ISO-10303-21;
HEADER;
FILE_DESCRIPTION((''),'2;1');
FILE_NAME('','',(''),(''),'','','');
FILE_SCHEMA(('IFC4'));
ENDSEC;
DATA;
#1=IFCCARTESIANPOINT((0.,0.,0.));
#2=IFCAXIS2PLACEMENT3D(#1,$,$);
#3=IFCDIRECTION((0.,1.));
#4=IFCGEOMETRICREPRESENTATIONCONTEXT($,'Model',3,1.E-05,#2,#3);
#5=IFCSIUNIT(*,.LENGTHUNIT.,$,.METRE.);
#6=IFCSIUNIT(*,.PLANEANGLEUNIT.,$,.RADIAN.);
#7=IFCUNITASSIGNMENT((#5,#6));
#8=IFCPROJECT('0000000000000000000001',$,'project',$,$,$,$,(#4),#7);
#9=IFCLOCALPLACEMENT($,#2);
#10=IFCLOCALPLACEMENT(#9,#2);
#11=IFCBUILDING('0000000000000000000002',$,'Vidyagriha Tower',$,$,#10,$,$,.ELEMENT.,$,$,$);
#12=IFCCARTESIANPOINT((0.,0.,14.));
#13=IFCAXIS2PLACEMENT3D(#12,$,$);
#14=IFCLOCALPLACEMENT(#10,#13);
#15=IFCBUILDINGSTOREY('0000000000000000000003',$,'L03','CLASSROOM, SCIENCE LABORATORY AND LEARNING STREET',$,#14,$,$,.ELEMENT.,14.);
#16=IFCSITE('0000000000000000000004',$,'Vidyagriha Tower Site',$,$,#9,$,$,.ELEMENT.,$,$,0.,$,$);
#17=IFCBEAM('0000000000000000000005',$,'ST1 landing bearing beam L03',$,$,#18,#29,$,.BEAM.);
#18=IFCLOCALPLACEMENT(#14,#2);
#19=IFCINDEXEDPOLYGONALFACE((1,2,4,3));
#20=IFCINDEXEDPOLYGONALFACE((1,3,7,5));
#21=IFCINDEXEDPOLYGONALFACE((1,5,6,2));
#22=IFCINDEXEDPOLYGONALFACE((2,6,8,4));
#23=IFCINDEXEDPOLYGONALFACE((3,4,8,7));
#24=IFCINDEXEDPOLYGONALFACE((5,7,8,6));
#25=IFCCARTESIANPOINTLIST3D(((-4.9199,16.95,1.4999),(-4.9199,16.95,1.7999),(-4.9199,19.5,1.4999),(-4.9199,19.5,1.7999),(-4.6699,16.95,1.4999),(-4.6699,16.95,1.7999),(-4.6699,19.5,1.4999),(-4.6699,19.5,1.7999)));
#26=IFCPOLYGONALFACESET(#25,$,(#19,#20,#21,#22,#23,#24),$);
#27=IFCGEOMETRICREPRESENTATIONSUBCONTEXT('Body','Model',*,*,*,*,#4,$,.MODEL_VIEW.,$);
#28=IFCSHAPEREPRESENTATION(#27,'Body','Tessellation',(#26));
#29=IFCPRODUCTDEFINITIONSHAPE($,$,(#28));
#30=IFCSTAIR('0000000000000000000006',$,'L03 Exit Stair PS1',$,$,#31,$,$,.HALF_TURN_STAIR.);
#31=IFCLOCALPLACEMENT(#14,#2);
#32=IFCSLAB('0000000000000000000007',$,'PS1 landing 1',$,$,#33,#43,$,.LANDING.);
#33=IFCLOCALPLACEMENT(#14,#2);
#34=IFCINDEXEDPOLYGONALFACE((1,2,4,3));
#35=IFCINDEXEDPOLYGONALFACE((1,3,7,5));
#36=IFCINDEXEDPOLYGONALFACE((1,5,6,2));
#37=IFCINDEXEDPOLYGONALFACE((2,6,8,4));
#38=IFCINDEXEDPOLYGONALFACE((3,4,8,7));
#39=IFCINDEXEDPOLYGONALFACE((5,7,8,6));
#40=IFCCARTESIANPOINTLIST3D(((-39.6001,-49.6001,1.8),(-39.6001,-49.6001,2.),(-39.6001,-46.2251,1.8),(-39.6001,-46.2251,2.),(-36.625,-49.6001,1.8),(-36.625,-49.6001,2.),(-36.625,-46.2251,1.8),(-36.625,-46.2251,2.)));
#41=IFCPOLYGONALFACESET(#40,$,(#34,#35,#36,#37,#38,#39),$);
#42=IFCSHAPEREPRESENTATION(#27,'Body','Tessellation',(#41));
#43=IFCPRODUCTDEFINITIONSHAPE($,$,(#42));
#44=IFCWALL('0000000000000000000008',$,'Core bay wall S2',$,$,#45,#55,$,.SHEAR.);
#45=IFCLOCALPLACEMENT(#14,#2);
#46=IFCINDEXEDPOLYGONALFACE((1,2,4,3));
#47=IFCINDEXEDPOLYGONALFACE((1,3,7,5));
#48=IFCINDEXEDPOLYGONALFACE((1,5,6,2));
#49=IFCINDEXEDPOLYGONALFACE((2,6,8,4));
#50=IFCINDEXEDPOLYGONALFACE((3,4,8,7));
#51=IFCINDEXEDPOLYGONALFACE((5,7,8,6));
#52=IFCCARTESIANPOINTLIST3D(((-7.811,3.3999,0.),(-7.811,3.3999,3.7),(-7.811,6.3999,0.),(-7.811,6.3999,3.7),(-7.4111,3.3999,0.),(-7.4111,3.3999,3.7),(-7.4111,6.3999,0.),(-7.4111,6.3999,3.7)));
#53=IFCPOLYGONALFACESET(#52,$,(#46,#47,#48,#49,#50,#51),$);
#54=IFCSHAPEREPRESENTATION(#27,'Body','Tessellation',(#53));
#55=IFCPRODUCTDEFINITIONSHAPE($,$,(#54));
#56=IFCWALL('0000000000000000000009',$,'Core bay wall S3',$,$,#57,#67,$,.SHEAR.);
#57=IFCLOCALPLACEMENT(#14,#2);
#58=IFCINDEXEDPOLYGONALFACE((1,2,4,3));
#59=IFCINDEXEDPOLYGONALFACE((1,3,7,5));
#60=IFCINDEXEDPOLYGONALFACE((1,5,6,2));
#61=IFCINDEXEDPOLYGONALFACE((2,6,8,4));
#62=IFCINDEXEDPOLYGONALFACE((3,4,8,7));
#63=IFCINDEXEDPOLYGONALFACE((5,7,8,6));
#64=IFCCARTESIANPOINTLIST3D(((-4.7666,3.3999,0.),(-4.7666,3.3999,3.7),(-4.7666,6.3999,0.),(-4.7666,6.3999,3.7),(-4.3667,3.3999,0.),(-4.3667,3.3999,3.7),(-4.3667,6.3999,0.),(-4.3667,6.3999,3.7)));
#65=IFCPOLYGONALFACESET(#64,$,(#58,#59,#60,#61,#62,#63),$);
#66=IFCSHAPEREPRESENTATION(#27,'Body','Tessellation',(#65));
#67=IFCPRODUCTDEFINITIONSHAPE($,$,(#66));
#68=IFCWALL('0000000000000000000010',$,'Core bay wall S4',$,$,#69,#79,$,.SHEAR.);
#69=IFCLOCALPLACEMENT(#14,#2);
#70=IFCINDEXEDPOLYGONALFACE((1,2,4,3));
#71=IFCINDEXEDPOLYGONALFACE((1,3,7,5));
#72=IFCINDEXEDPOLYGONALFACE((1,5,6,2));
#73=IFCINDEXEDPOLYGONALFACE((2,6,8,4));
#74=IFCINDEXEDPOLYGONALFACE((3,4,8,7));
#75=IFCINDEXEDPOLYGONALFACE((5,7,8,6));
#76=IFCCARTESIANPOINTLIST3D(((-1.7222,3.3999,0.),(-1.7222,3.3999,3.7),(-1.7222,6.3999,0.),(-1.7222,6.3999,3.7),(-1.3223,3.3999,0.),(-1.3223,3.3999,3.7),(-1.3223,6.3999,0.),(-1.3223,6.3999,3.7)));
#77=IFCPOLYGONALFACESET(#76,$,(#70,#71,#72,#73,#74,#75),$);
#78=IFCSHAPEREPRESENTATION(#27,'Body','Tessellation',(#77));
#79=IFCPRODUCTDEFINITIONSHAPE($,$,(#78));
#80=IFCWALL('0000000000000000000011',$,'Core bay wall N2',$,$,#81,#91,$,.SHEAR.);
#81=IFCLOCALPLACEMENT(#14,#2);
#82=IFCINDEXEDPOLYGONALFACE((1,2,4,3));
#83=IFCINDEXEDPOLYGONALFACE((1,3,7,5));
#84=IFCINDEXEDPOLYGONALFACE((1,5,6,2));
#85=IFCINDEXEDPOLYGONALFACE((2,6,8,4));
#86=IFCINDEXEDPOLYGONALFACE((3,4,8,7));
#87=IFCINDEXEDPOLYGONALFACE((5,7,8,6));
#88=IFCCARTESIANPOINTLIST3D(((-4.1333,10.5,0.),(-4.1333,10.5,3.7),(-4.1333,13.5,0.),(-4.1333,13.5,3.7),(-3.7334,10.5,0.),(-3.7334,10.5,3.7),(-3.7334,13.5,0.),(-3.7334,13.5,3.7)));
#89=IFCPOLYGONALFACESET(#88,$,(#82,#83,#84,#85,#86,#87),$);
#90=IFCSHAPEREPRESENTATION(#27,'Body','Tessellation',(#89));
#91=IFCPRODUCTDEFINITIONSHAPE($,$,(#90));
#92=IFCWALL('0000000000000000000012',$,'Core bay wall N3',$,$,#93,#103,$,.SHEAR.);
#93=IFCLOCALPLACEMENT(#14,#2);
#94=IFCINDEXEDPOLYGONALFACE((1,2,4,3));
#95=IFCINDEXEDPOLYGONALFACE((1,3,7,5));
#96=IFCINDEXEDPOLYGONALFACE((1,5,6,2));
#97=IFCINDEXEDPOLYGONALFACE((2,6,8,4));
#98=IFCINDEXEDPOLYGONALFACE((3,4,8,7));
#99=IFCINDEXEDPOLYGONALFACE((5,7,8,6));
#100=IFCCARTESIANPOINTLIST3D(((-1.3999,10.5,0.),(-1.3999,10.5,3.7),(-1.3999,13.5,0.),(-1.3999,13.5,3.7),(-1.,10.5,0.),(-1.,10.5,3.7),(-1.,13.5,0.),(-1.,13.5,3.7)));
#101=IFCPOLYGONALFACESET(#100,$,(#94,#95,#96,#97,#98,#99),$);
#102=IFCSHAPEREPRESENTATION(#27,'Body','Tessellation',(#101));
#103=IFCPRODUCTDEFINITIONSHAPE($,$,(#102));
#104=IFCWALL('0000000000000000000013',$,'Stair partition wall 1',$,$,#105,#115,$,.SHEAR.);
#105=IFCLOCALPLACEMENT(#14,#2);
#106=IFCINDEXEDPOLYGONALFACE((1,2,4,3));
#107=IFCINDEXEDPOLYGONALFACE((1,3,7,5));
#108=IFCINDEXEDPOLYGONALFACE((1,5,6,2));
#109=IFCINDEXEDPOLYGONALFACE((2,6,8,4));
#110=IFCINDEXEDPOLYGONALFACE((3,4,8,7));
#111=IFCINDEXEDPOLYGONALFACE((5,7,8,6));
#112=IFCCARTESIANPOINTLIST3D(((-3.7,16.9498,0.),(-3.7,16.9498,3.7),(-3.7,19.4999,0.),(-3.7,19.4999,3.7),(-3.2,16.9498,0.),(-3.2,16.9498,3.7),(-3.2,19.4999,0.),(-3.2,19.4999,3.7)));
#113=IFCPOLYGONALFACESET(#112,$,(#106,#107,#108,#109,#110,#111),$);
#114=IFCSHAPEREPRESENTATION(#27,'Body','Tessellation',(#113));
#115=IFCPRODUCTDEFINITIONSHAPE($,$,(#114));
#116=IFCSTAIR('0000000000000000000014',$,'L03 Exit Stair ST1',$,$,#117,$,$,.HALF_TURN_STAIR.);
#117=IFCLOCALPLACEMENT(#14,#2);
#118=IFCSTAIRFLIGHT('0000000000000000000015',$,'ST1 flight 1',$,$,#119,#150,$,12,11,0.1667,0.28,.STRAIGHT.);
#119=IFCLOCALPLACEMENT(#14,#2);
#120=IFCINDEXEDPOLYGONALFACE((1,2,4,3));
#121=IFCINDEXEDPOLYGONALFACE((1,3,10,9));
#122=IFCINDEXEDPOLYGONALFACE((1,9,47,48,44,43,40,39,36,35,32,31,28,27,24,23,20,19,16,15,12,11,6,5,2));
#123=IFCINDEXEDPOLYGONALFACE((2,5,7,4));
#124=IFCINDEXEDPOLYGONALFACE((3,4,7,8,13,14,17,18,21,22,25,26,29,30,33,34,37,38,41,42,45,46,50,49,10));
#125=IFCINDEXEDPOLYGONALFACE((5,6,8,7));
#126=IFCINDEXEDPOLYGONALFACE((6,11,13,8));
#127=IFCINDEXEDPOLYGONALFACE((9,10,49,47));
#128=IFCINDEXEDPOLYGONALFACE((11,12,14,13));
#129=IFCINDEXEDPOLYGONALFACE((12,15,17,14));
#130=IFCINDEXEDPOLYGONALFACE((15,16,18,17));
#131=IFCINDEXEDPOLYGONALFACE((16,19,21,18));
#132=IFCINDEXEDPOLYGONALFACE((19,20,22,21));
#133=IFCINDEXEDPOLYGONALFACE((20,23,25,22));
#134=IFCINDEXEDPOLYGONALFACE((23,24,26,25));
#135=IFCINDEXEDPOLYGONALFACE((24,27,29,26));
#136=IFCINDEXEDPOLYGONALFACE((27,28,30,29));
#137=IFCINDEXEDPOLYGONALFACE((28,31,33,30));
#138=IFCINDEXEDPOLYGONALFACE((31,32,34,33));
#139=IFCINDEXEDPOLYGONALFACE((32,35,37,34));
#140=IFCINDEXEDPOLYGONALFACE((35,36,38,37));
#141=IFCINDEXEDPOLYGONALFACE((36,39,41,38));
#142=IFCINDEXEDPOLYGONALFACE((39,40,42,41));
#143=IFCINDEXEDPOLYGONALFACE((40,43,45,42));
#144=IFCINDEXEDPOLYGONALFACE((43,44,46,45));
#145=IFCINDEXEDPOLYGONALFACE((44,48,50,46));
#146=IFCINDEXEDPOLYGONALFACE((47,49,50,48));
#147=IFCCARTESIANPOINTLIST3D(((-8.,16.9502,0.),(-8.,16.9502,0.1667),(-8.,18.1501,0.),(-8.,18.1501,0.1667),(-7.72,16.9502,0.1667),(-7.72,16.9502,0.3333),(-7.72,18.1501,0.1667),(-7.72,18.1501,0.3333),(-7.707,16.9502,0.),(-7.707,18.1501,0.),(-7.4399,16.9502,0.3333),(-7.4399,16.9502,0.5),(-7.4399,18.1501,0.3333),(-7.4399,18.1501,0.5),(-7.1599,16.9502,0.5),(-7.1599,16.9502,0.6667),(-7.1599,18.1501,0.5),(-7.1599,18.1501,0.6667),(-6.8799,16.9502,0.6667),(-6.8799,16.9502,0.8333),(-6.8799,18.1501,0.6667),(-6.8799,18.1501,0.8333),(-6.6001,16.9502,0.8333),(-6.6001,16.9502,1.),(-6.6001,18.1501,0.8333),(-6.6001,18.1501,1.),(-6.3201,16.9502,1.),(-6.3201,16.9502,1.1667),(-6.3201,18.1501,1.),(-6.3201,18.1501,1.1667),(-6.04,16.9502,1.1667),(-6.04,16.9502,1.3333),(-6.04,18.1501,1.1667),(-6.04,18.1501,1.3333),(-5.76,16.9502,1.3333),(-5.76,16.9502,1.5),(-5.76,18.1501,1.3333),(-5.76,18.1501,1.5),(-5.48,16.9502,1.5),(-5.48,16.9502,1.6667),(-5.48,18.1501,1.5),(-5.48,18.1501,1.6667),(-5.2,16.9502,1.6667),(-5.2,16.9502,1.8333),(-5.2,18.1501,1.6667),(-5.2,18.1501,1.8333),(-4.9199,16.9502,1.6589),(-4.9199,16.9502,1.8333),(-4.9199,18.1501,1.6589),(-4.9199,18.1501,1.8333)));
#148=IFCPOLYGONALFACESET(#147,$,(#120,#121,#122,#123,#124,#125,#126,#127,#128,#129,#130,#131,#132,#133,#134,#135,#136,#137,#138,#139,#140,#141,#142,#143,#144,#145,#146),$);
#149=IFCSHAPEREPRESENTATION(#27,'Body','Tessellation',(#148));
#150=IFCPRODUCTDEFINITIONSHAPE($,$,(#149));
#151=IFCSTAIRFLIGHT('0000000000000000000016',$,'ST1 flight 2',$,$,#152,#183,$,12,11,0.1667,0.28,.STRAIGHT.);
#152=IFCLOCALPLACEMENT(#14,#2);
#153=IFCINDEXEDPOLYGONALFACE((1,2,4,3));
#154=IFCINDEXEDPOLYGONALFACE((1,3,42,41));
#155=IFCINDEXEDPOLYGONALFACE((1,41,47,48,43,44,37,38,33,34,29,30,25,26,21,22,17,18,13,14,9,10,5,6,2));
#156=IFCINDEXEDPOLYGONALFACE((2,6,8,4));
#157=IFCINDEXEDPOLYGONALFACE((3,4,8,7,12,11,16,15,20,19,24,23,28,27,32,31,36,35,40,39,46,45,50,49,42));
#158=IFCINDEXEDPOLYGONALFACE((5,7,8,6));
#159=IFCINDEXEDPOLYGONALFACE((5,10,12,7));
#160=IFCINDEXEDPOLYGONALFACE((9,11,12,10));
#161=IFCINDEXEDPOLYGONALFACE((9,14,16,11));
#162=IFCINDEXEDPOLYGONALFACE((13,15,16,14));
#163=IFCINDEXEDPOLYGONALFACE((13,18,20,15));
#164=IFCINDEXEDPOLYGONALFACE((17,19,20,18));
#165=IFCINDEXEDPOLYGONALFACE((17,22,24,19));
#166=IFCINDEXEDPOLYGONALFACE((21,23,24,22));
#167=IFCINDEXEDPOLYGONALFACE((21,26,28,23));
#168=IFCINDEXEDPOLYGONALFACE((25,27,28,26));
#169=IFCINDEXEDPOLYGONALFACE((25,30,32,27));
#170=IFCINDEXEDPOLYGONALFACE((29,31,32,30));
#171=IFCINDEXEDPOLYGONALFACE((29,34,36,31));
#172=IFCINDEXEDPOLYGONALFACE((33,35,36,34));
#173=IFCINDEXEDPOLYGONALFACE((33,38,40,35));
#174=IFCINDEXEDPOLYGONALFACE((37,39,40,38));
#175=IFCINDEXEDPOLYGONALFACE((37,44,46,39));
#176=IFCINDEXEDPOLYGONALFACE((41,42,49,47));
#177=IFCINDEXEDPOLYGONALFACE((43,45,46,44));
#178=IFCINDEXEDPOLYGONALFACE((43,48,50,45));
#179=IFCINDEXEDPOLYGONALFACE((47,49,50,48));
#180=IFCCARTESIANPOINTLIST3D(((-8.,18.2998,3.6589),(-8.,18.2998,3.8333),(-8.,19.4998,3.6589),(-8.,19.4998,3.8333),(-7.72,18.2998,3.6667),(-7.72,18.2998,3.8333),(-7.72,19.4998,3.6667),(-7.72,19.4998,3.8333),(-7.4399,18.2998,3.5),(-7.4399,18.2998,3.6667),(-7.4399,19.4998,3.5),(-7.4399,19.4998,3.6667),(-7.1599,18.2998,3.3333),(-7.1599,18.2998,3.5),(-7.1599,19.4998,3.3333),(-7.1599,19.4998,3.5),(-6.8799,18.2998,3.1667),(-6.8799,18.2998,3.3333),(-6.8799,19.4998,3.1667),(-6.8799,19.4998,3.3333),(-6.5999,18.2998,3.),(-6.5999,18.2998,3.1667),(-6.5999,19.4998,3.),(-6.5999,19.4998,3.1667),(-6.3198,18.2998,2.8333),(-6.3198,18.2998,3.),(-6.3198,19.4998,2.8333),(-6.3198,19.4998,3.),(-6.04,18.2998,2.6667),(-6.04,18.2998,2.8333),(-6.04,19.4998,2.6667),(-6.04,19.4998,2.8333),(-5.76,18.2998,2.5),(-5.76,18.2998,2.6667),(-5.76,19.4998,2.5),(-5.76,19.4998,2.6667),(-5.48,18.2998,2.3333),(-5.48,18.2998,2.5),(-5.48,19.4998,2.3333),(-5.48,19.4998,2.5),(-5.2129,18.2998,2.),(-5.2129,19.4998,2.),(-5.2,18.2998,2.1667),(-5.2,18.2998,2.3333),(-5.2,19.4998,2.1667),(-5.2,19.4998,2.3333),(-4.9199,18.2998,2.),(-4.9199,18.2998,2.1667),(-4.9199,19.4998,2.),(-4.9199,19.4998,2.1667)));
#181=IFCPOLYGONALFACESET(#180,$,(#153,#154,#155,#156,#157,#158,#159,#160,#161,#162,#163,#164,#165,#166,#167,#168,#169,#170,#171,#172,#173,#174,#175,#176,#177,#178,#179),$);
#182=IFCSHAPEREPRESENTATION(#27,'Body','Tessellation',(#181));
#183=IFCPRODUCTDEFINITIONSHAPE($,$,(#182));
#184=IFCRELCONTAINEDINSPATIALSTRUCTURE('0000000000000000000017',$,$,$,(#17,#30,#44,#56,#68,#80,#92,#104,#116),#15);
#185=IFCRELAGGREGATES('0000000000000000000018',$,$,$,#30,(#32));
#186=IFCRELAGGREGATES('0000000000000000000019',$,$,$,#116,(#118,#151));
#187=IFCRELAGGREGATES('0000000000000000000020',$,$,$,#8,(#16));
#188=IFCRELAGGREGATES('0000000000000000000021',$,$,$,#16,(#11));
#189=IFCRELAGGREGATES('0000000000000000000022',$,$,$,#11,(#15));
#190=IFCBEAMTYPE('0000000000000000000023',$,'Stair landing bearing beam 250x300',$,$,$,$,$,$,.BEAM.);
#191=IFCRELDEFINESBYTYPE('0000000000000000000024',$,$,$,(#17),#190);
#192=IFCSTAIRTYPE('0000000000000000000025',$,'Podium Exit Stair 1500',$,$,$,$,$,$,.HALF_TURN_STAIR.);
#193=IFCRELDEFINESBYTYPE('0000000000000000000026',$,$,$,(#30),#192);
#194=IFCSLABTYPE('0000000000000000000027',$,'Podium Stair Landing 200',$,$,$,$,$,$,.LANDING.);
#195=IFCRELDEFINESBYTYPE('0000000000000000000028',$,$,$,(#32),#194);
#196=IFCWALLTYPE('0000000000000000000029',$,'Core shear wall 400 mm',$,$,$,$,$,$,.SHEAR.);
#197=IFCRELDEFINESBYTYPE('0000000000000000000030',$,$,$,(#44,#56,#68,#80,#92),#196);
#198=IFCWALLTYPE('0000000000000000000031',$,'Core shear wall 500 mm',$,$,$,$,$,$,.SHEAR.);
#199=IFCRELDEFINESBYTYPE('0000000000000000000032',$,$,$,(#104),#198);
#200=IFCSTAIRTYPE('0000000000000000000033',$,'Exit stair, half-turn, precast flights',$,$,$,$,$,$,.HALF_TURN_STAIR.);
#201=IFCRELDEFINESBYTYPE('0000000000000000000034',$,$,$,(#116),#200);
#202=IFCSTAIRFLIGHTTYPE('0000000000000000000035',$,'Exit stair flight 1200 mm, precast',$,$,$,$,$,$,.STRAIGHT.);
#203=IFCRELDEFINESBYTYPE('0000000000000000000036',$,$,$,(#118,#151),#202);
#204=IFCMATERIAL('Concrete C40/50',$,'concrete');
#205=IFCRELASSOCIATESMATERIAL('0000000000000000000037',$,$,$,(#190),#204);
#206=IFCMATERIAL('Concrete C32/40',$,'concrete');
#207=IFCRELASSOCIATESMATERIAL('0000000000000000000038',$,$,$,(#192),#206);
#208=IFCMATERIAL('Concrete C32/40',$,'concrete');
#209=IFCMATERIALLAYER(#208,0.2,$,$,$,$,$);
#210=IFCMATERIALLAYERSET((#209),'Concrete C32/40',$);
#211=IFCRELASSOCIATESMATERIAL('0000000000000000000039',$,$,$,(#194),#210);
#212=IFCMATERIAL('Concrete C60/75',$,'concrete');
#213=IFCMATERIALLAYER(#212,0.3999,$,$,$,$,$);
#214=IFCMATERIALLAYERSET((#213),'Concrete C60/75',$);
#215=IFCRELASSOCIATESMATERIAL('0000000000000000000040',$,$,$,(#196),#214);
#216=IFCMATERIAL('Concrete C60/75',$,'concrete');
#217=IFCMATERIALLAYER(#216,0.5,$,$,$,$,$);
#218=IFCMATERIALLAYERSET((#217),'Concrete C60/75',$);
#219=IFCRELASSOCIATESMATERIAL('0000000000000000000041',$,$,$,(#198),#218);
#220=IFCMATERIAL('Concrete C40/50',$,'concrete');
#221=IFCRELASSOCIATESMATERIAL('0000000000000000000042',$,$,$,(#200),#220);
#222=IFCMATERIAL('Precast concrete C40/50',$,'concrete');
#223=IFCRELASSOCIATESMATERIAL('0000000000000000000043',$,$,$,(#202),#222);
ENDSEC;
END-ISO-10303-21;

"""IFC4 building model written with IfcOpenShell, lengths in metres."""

from ifc_helpers import new_model, si_unit, direction, frame, frame_2d, origin, origin_2d, place, context, subcontext, project, spatial, polyline, rectangle, outline, extrude, material, layer, layer_set, material_profile, profile_set, type_object, element, aggregate, save


model = new_model("IFC4")

# Units and contexts
model_context = context("Model", 3, precision=1e-05, world=origin(), true_north=direction((0.0, 1.0)))
body_context = subcontext(model_context, "Body", "Model", "MODEL_VIEW")
ifc_project = project(units=[si_unit("LENGTHUNIT", "METRE"), si_unit("PLANEANGLEUNIT", "RADIAN")], contexts=[model_context])

# Site, building, storey
site_placement = place(None, origin())
site = spatial("IfcSite", under=ifc_project, at=site_placement, Name="Vidyagriha Tower Site", CompositionType="ELEMENT", RefElevation=0.0)
building_placement = place(site_placement, origin())
building = spatial("IfcBuilding", under=site, at=building_placement, Name="Vidyagriha Tower", CompositionType="ELEMENT")
storey_placement = place(building_placement, frame((0.0, 0.0, 14.0)))
storey = spatial("IfcBuildingStorey", under=building, at=storey_placement, Name="L03", Description="CLASSROOM, SCIENCE LABORATORY AND LEARNING STREET", CompositionType="ELEMENT", Elevation=14.0)

# Beam
ifc_material_1 = material(Name="Concrete C40/50", Category="concrete")
ifc_material_profile = material_profile(ifc_material_1, rectangle(XDim=0.25, YDim=0.3, at=origin_2d()), Name="Stair landing bearing beam 250x300")
ifc_profile_set = profile_set([ifc_material_profile], Name="Concrete C40/50")
beam_type = type_object("IfcBeamType", Name="Stair landing bearing beam 250x300", PredefinedType="BEAM", material=ifc_profile_set)
beam_placement = place(storey_placement, frame((-4.7949, 16.95, 1.6499), z_axis=(0.0, 1.0, 0.0), x_axis=(-1.0, 0.0, 0.0)))
element("IfcBeam", 1, at=beam_placement, inside=storey, type_object=beam_type, Name="ST1 landing bearing beam L03", PredefinedType="BEAM", context=body_context, shape_type="SweptSolid", body=[
    extrude(rectangle(XDim=0.25, YDim=0.3, at=origin_2d()), origin(), (0.0, 0.0, 1.0), 2.55),
])

# Stair, slab
ifc_material_2 = material(Name="Concrete C32/40", Category="concrete")
stair_type_1 = type_object("IfcStairType", Name="Podium Exit Stair 1500", PredefinedType="HALF_TURN_STAIR", material=ifc_material_2)
stair_1_placement = place(storey_placement, origin())
stair_1 = element("IfcStair", 2, at=stair_1_placement, inside=storey, type_object=stair_type_1, Name="L03 Exit Stair PS1", PredefinedType="HALF_TURN_STAIR")
ifc_material_3 = material(Name="Concrete C32/40", Category="concrete")
ifc_layer_1 = layer(ifc_material_3, 0.2)
ifc_layer_set_1 = layer_set([ifc_layer_1], Name="Concrete C32/40")
slab_type = type_object("IfcSlabType", Name="Podium Stair Landing 200", PredefinedType="LANDING", material=ifc_layer_set_1)
slab_placement = place(storey_placement, frame((0.0, 0.0, 1.8)))
slab = element("IfcSlab", 3, at=slab_placement, type_object=slab_type, Name="PS1 landing 1", PredefinedType="LANDING", context=body_context, shape_type="SweptSolid", body=[
    extrude(outline(polyline([(-36.625, -46.2251), (-39.6001, -46.2251), (-39.6001, -49.6001), (-36.625, -49.6001), (-36.625, -46.2251)])), origin(), (0.0, 0.0, 1.0), 0.2),
])
aggregate(stair_1, [slab])

# Walls
ifc_material_4 = material(Name="Concrete C60/75", Category="concrete")
ifc_layer_2 = layer(ifc_material_4, 0.3999)
ifc_layer_set_2 = layer_set([ifc_layer_2], Name="Concrete C60/75")
wall_type_1 = type_object("IfcWallType", Name="Core shear wall 400 mm", PredefinedType="SHEAR", material=ifc_layer_set_2)
for number, where, z_axis, x_axis, name in (
    (4, (-7.6111, 3.3999, 0.0), (0.0, 0.0, 1.0), (0.0, 1.0, 0.0), "Core bay wall S2"),
    (5, (-4.5667, 3.3999, 0.0), (0.0, 0.0, 1.0), (0.0, 1.0, 0.0), "Core bay wall S3"),
    (6, (-1.5222, 3.3999, 0.0), (0.0, 0.0, 1.0), (0.0, 1.0, 0.0), "Core bay wall S4"),
    (7, (-3.9333, 10.5, 0.0), (0.0, 0.0, 1.0), (0.0, 1.0, 0.0), "Core bay wall N2"),
    (8, (-1.2, 10.5, 0.0), (0.0, 0.0, 1.0), (0.0, 1.0, 0.0), "Core bay wall N3"),
):
    element("IfcWall", number, at=place(storey_placement, frame(where, z_axis=z_axis, x_axis=x_axis)), inside=storey, type_object=wall_type_1, Name=name, PredefinedType="SHEAR", context=body_context, shape_type="SweptSolid", body=[
        extrude(rectangle(XDim=3.0, YDim=0.3999, at=frame_2d((1.5, 0.0))), origin(), (0.0, 0.0, 1.0), 3.7),
    ])
ifc_material_5 = material(Name="Concrete C60/75", Category="concrete")
ifc_layer_3 = layer(ifc_material_5, 0.5)
ifc_layer_set_3 = layer_set([ifc_layer_3], Name="Concrete C60/75")
wall_type_2 = type_object("IfcWallType", Name="Core shear wall 500 mm", PredefinedType="SHEAR", material=ifc_layer_set_3)
wall_placement = place(storey_placement, frame((-3.45, 16.95, 0.0), z_axis=(0.0, 0.0, 1.0), x_axis=(0.0, 1.0, 0.0)))
element("IfcWall", 9, at=wall_placement, inside=storey, type_object=wall_type_2, Name="Stair partition wall 1", PredefinedType="SHEAR", context=body_context, shape_type="SweptSolid", body=[
    extrude(rectangle(XDim=2.55, YDim=0.5, at=frame_2d((1.2749, 0.0))), origin(), (0.0, 0.0, 1.0), 3.7),
])

# Stair, stair flights
ifc_material_6 = material(Name="Concrete C40/50", Category="concrete")
stair_type_2 = type_object("IfcStairType", Name="Exit stair, half-turn, precast flights", PredefinedType="HALF_TURN_STAIR", material=ifc_material_6)
stair_2_placement = place(storey_placement, origin())
stair_2 = element("IfcStair", 10, at=stair_2_placement, inside=storey, type_object=stair_type_2, Name="L03 Exit Stair ST1", PredefinedType="HALF_TURN_STAIR")
ifc_material_7 = material(Name="Precast concrete C40/50", Category="concrete")
stair_flight_type = type_object("IfcStairFlightType", Name="Exit stair flight 1200 mm, precast", PredefinedType="STRAIGHT", material=ifc_material_7)
stair_flight_1_placement = place(storey_placement, frame((-8.0, 17.55, 0.0)))
stair_flight_1 = element("IfcStairFlight", 11, at=stair_flight_1_placement, type_object=stair_flight_type, Name="ST1 flight 1", NumberOfRisers=12, NumberOfTreads=11, PredefinedType="STRAIGHT", RiserHeight=0.1667, TreadLength=0.28, context=body_context, shape_type="SweptSolid", body=[
    extrude(outline(polyline([(0.0, 0.0), (0.0, 0.1667), (0.28, 0.1667), (0.28, 0.3333), (0.5601, 0.3333), (0.5601, 0.5), (0.8401, 0.5), (0.8401, 0.6667), (1.1201, 0.6667), (1.1201, 0.8333), (1.3999, 0.8333), (1.3999, 1.0), (1.6799, 1.0), (1.6799, 1.1667), (1.96, 1.1667), (1.96, 1.3333), (2.24, 1.3333), (2.24, 1.5), (2.52, 1.5), (2.52, 1.6667), (2.8, 1.6667), (2.8, 1.8333), (3.0801, 1.8333), (3.0801, 2.0), (3.0801, 1.6589), (0.293, 0.0), (0.0, 0.0)])), frame((0.0, 0.6001, 0.0), z_axis=(0.0, -1.0, 0.0), x_axis=(1.0, 0.0, 0.0)), (0.0, 0.0, 1.0), 1.2),
])
stair_flight_2_placement = place(storey_placement, frame((-4.9199, 18.8999, 2.0), z_axis=(0.0, 0.0, 1.0), x_axis=(-1.0, 0.0, 0.0)))
stair_flight_2 = element("IfcStairFlight", 12, at=stair_flight_2_placement, type_object=stair_flight_type, Name="ST1 flight 2", NumberOfRisers=12, NumberOfTreads=11, PredefinedType="STRAIGHT", RiserHeight=0.1667, TreadLength=0.28, context=body_context, shape_type="SweptSolid", body=[
    extrude(outline(polyline([(0.0, 0.0), (0.0, 0.1667), (0.28, 0.1667), (0.28, 0.3333), (0.5601, 0.3333), (0.5601, 0.5), (0.8401, 0.5), (0.8401, 0.6667), (1.1201, 0.6667), (1.1201, 0.8333), (1.3999, 0.8333), (1.3999, 1.0), (1.6799, 1.0), (1.6799, 1.1667), (1.96, 1.1667), (1.96, 1.3333), (2.24, 1.3333), (2.24, 1.5), (2.52, 1.5), (2.52, 1.6667), (2.8, 1.6667), (2.8, 1.8333), (3.0801, 1.8333), (3.0801, 2.0), (3.0801, 1.6589), (0.293, 0.0), (0.0, 0.0)])), frame((0.0, 0.6001, 0.0), z_axis=(0.0, -1.0, 0.0), x_axis=(1.0, 0.0, 0.0)), (0.0, 0.0, 1.0), 1.2),
])
aggregate(stair_2, [stair_flight_1, stair_flight_2])

save(model, "model.ifc")
